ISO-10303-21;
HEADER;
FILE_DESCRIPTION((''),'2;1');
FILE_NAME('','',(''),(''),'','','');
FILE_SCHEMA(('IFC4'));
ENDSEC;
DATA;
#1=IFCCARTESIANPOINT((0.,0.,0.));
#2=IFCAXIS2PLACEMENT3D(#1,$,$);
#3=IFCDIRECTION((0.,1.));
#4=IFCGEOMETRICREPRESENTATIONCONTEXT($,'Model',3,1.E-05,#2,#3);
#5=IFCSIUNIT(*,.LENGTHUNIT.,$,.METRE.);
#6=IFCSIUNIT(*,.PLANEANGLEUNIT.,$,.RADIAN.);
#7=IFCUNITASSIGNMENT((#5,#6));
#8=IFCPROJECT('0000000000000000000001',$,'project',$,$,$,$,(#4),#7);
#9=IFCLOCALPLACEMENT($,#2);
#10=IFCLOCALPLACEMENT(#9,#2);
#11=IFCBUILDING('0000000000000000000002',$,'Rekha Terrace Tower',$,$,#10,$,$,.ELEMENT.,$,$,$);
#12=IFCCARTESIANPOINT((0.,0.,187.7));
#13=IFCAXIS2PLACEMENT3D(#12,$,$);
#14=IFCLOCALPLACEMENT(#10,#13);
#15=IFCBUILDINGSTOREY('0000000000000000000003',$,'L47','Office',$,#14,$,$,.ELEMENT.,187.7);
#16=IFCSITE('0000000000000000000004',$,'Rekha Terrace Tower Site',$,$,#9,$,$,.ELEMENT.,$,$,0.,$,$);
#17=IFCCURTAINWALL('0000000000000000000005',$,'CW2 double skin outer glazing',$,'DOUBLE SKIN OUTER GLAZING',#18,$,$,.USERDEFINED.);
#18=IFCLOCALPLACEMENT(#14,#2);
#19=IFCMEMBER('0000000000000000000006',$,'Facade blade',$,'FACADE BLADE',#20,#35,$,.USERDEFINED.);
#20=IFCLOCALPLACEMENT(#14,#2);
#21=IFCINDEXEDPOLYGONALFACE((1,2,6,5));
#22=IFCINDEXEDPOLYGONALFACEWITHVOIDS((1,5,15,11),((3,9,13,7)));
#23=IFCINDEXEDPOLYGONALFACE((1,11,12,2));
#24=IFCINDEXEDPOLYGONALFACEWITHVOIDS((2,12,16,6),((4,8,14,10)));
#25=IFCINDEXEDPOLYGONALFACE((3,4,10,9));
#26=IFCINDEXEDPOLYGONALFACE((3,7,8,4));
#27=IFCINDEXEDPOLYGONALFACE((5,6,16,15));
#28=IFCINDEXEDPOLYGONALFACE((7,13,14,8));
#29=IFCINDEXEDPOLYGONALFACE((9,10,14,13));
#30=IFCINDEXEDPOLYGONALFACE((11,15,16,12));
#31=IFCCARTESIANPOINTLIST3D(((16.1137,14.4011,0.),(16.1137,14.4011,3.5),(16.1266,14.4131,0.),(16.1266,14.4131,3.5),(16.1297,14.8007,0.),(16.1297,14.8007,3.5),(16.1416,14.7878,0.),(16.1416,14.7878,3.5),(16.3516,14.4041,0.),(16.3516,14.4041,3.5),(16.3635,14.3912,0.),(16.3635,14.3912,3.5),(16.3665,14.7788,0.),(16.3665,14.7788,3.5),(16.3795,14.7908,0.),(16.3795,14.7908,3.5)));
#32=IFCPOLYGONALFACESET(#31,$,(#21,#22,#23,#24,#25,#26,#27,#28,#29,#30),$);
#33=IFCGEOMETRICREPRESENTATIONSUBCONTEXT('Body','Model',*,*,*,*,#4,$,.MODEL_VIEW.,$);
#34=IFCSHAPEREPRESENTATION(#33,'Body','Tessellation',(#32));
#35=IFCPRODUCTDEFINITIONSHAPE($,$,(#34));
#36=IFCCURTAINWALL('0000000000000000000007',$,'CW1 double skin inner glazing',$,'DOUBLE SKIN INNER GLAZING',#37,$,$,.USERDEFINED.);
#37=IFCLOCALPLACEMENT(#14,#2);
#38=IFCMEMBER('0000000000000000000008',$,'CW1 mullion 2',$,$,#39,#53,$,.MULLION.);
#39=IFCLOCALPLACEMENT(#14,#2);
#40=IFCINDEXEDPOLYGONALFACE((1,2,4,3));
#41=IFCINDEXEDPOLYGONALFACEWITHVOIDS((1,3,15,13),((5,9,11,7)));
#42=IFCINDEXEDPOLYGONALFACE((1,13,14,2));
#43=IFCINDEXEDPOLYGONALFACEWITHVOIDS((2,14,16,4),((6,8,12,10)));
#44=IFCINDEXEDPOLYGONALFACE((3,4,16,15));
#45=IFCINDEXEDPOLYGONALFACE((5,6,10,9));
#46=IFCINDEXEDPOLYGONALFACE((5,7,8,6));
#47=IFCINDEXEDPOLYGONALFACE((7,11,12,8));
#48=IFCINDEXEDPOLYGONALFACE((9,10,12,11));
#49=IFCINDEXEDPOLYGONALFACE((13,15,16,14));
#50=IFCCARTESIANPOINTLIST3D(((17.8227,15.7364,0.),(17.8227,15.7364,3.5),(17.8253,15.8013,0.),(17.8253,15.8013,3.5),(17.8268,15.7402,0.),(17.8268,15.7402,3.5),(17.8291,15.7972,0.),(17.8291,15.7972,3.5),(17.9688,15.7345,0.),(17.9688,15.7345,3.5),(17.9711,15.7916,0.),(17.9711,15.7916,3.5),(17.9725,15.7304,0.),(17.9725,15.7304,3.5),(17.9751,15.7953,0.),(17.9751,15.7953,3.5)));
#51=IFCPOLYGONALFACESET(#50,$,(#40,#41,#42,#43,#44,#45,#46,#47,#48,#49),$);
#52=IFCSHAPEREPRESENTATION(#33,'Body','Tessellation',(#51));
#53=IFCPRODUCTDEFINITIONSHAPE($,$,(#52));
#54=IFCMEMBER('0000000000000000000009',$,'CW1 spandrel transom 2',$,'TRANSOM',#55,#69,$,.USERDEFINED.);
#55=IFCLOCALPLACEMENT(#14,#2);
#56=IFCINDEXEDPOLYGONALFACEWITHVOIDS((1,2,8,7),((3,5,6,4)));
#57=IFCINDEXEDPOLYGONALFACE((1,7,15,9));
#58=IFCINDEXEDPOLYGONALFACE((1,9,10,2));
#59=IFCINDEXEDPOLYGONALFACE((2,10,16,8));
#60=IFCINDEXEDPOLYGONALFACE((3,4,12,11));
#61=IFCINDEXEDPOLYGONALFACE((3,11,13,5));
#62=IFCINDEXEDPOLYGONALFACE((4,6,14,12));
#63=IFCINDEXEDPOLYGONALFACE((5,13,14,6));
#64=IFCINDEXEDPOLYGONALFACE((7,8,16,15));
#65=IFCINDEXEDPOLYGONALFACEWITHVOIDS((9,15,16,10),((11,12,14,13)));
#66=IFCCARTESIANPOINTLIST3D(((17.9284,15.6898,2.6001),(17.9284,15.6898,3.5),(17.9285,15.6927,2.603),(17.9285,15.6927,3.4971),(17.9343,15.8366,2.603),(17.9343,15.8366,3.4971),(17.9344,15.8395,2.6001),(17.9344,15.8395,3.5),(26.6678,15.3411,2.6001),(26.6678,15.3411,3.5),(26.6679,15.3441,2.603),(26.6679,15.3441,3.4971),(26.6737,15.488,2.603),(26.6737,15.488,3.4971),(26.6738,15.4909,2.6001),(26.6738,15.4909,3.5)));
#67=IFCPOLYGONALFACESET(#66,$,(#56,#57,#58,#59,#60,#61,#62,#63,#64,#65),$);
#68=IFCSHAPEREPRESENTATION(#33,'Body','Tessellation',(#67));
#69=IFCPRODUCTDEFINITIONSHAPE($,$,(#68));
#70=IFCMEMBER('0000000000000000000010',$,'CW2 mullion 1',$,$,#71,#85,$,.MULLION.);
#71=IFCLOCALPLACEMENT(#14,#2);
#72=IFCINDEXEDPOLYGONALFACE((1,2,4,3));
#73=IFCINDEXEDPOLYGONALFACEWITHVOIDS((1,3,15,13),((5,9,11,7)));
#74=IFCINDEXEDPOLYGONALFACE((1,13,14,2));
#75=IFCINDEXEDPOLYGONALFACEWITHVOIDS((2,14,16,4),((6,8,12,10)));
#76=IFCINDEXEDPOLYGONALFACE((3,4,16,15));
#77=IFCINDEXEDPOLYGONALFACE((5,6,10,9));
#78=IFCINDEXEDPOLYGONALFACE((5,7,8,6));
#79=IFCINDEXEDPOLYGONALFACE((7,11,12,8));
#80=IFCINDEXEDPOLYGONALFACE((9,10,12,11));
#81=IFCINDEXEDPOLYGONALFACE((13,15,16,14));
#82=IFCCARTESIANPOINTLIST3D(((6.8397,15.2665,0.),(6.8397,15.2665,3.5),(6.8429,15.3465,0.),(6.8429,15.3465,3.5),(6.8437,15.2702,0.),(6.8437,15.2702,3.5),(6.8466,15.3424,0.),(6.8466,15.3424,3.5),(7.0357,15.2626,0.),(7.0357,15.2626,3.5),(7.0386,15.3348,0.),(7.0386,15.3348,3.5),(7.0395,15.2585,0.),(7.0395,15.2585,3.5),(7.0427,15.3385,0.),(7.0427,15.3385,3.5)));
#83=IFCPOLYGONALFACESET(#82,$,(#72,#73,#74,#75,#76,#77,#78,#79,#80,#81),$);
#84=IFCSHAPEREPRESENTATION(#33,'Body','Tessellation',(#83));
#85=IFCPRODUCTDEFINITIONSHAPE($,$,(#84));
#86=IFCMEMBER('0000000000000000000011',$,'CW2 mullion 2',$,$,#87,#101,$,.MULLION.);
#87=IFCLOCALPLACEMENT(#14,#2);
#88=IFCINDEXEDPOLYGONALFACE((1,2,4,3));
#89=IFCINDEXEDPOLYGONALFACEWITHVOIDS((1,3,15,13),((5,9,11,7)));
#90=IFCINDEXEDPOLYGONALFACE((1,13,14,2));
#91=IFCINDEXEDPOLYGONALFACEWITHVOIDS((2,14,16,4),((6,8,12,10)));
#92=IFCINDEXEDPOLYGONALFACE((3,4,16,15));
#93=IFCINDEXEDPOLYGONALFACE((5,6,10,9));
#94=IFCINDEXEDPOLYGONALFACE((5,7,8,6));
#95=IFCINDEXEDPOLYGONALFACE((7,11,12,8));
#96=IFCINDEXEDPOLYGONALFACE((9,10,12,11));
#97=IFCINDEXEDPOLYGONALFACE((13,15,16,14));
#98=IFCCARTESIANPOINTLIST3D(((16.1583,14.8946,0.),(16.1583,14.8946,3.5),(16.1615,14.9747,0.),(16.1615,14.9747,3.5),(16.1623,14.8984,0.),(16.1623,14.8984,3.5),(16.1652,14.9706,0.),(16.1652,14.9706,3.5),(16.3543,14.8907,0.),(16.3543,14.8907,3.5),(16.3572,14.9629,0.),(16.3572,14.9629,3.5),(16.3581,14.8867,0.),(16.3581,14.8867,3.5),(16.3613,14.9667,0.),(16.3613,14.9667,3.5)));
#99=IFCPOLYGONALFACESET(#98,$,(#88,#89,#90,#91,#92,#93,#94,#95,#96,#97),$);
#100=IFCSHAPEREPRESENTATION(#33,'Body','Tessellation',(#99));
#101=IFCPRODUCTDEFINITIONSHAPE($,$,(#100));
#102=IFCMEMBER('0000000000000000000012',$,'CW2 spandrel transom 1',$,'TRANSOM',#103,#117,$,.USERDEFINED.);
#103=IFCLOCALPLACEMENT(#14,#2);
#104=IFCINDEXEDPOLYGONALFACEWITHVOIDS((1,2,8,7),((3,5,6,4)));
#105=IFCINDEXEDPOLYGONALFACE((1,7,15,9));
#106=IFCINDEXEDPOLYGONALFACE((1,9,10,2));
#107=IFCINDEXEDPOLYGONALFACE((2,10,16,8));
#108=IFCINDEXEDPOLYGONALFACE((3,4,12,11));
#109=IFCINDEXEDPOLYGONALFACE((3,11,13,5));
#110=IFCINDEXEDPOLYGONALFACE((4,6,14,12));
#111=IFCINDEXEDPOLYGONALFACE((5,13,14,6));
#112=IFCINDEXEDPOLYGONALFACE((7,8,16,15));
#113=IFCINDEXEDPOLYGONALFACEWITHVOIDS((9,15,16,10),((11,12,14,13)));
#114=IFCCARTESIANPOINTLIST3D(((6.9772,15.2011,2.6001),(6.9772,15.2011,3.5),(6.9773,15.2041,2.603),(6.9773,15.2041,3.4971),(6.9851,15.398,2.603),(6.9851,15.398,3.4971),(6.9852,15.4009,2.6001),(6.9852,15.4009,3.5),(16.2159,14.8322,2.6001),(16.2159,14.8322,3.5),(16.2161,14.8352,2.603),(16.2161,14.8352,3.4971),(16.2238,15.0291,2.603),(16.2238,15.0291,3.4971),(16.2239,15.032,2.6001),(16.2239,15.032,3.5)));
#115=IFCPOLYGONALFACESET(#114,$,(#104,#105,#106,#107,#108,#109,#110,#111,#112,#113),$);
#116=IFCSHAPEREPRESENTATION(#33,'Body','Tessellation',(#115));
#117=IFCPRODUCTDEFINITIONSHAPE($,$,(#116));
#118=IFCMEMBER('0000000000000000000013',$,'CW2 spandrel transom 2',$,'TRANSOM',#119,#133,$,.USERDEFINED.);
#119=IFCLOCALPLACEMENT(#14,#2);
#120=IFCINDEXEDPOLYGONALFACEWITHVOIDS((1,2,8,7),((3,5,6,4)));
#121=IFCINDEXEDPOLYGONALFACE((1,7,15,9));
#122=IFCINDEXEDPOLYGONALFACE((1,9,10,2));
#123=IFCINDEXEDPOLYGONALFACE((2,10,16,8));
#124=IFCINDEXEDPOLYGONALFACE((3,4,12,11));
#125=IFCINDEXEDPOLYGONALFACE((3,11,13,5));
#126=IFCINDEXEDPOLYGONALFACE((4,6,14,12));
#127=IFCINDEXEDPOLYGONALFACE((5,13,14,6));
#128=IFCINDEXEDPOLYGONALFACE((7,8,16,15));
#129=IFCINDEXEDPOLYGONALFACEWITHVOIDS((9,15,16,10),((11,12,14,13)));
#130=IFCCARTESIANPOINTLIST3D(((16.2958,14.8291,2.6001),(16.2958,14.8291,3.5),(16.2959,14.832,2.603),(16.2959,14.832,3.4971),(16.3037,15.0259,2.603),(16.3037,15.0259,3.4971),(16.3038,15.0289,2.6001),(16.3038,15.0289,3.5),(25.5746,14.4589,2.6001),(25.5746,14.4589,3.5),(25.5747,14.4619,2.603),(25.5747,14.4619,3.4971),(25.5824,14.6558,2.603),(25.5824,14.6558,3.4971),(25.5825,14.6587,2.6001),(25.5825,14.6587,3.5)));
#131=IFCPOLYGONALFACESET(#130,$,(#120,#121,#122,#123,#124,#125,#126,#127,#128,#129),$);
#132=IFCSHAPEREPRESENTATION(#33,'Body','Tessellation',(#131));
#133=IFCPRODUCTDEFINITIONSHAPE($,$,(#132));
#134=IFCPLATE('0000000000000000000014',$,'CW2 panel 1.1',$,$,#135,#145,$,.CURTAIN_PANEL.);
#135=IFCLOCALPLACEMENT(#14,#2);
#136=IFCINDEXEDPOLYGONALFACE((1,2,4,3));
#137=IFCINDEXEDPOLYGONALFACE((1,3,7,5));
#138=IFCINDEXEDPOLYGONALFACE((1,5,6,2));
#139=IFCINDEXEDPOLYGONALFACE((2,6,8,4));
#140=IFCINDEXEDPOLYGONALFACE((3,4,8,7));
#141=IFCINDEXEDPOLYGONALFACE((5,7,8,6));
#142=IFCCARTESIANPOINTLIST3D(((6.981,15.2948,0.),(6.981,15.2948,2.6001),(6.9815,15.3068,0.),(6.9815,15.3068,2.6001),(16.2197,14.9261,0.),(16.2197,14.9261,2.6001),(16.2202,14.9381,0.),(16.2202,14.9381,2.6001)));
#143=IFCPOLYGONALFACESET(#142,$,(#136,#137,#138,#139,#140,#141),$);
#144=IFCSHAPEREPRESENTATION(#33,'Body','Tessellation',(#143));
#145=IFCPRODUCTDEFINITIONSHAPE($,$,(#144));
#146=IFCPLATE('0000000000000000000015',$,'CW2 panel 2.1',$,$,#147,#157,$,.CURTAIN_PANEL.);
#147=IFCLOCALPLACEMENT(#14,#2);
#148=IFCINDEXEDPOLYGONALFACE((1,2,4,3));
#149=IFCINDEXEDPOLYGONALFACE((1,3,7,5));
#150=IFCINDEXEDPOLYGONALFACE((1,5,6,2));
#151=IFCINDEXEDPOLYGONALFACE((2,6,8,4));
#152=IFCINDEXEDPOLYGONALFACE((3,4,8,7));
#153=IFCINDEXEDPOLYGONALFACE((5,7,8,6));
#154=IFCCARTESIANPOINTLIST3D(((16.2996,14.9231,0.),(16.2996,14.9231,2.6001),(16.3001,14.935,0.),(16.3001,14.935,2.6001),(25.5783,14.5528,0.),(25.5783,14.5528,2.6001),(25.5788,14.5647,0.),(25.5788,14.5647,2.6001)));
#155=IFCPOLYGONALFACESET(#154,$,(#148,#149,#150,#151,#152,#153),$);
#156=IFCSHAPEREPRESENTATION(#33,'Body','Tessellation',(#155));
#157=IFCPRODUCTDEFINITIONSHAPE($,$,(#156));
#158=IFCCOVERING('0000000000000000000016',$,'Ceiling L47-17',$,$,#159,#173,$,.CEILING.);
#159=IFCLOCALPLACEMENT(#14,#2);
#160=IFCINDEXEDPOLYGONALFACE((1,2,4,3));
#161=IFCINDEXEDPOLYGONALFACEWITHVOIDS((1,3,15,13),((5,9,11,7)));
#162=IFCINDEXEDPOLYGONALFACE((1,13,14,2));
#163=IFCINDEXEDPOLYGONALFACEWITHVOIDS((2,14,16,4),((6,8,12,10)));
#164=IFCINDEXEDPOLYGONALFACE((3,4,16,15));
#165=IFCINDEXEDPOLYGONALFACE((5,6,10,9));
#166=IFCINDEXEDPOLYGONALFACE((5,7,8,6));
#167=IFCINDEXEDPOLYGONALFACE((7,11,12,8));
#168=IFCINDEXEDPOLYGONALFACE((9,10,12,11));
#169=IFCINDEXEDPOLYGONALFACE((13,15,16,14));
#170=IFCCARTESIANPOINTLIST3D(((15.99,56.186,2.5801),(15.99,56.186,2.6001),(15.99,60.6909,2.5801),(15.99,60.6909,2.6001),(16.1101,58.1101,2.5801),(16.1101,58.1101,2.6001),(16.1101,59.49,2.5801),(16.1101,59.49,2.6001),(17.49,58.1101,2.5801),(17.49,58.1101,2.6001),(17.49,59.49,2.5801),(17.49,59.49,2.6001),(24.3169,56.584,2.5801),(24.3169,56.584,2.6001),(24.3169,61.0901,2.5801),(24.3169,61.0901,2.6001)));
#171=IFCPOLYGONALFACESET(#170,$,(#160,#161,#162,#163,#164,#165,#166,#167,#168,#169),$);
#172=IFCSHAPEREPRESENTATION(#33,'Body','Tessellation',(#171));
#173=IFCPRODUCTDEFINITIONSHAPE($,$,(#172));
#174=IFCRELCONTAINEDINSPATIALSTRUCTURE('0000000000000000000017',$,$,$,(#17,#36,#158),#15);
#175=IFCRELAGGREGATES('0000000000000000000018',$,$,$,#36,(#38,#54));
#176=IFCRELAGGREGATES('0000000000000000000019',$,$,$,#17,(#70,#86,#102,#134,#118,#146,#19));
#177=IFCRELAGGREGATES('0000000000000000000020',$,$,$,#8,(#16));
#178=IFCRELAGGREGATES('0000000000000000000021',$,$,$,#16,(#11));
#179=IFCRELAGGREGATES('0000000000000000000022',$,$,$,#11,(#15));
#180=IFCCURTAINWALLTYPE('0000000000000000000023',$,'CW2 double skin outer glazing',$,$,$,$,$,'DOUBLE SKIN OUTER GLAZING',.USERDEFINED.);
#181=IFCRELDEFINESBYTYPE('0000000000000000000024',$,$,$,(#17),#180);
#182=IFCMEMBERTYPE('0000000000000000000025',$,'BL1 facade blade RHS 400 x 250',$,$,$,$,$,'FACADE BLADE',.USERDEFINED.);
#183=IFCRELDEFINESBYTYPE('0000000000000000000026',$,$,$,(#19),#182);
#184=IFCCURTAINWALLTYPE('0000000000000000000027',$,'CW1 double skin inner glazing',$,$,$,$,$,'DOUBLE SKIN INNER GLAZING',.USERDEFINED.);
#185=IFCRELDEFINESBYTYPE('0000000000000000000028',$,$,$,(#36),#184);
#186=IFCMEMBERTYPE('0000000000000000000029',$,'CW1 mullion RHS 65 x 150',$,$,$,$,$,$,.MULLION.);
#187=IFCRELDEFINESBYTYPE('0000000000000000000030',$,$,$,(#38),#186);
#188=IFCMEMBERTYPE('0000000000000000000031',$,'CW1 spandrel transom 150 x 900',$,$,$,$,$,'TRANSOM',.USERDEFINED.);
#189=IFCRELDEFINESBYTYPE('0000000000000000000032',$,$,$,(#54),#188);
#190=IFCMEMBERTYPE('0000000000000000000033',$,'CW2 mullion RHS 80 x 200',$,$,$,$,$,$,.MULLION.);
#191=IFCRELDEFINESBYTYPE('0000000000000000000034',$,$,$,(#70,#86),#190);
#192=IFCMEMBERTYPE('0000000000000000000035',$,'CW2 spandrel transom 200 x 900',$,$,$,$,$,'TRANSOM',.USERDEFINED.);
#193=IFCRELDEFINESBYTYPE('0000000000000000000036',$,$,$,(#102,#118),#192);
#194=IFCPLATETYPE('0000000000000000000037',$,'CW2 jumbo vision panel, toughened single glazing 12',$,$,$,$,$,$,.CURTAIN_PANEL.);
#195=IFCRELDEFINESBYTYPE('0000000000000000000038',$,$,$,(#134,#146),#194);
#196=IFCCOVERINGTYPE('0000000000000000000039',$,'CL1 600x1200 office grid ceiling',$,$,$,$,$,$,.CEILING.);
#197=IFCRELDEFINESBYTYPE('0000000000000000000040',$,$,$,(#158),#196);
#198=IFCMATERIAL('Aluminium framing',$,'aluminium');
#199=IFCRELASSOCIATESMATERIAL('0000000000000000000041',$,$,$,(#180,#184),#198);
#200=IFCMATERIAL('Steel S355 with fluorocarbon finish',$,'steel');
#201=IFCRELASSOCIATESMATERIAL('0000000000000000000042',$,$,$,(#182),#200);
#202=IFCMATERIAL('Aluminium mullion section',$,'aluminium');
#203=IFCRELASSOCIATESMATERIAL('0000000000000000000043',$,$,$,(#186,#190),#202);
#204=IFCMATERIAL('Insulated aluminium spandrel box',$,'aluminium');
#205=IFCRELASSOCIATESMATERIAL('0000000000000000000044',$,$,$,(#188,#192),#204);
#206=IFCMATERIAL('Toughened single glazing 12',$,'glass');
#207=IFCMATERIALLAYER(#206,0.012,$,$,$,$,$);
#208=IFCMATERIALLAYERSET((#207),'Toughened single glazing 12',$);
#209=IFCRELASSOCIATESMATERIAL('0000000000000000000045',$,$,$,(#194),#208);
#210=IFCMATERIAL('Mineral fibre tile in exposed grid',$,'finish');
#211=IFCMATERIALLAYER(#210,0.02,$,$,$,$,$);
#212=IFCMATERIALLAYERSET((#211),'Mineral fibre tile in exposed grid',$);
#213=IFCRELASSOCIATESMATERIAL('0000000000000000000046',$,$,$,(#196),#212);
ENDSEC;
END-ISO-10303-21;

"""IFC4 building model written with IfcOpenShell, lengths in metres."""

from ifc_helpers import new_model, si_unit, direction, frame, origin, origin_2d, place, context, subcontext, project, spatial, polyline, rectangle, hollow_rectangle, outline, extrude, material, layer, layer_set, material_profile, profile_set, type_object, element, aggregate, save


model = new_model("IFC4")

# Units and contexts
model_context = context("Model", 3, precision=1e-05, world=origin(), true_north=direction((0.0, 1.0)))
body_context = subcontext(model_context, "Body", "Model", "MODEL_VIEW")
ifc_project = project(units=[si_unit("LENGTHUNIT", "METRE"), si_unit("PLANEANGLEUNIT", "RADIAN")], contexts=[model_context])

# Site, building, storey
site_placement = place(None, origin())
site = spatial("IfcSite", under=ifc_project, at=site_placement, Name="Rekha Terrace Tower Site", CompositionType="ELEMENT", RefElevation=0.0)
building_placement = place(site_placement, origin())
building = spatial("IfcBuilding", under=site, at=building_placement, Name="Rekha Terrace Tower", CompositionType="ELEMENT")
storey_placement = place(building_placement, frame((0.0, 0.0, 187.7)))
storey = spatial("IfcBuildingStorey", under=building, at=storey_placement, Name="L47", Description="Office", CompositionType="ELEMENT", Elevation=187.7)

# Curtain wall, member
ifc_material_1 = material(Name="Aluminium framing", Category="aluminium")
curtain_wall_type_1 = type_object("IfcCurtainWallType", Name="CW2 double skin outer glazing", ElementType="DOUBLE SKIN OUTER GLAZING", PredefinedType="USERDEFINED", material=ifc_material_1)
curtain_wall_1_placement = place(storey_placement, origin())
curtain_wall_1 = element("IfcCurtainWall", 1, at=curtain_wall_1_placement, inside=storey, type_object=curtain_wall_type_1, Name="CW2 double skin outer glazing", ObjectType="DOUBLE SKIN OUTER GLAZING", PredefinedType="USERDEFINED")
ifc_material_2 = material(Name="Steel S355 with fluorocarbon finish", Category="steel")
ifc_material_profile_1 = material_profile(ifc_material_2, hollow_rectangle(XDim=0.25, YDim=0.3999, WallThickness=0.0125, at=origin_2d()), Name="RHS400x250x12.5")
ifc_profile_set_1 = profile_set([ifc_material_profile_1], Name="Steel S355 with fluorocarbon finish")
member_type_1 = type_object("IfcMemberType", Name="BL1 facade blade RHS 400 x 250", ElementType="FACADE BLADE", PredefinedType="USERDEFINED", material=ifc_profile_set_1)
member_1_placement = place(storey_placement, frame((16.2466, 14.5959, 0.0), z_axis=(0.0, 0.0, 1.0), x_axis=(0.999205, -0.039872, 0.0)))
member_1 = element("IfcMember", 2, at=member_1_placement, type_object=member_type_1, Name="Facade blade", ObjectType="FACADE BLADE", PredefinedType="USERDEFINED", context=body_context, shape_type="SweptSolid", body=[
    extrude(hollow_rectangle(XDim=0.25, YDim=0.3999, WallThickness=0.0125, at=origin_2d()), origin(), (0.0, 0.0, 1.0), 3.5),
])

# Curtain wall, members
curtain_wall_type_2 = type_object("IfcCurtainWallType", Name="CW1 double skin inner glazing", ElementType="DOUBLE SKIN INNER GLAZING", PredefinedType="USERDEFINED", material=ifc_material_1)
curtain_wall_2_placement = place(storey_placement, origin())
curtain_wall_2 = element("IfcCurtainWall", 3, at=curtain_wall_2_placement, inside=storey, type_object=curtain_wall_type_2, Name="CW1 double skin inner glazing", ObjectType="DOUBLE SKIN INNER GLAZING", PredefinedType="USERDEFINED")
ifc_material_3 = material(Name="Aluminium mullion section", Category="aluminium")
ifc_material_profile_2 = material_profile(ifc_material_3, hollow_rectangle(XDim=0.0649, YDim=0.1499, WallThickness=0.0039, at=origin_2d()), Name="AL RHS 65x150")
ifc_profile_set_2 = profile_set([ifc_material_profile_2], Name="Aluminium mullion section")
member_type_2 = type_object("IfcMemberType", Name="CW1 mullion RHS 65 x 150", PredefinedType="MULLION", material=ifc_profile_set_2)
member_2_placement = place(storey_placement, frame((17.8989, 15.7659, 0.0), z_axis=(0.0, 0.0, 1.0), x_axis=(0.039872, 0.999205, 0.0)))
member_2 = element("IfcMember", 4, at=member_2_placement, type_object=member_type_2, Name="CW1 mullion 2", PredefinedType="MULLION", context=body_context, shape_type="SweptSolid", body=[
    extrude(hollow_rectangle(XDim=0.0649, YDim=0.1499, WallThickness=0.0039, at=origin_2d()), origin(), (0.0, 0.0, 1.0), 3.5),
])
ifc_material_4 = material(Name="Insulated aluminium spandrel box", Category="aluminium")
ifc_material_profile_3 = material_profile(ifc_material_4, hollow_rectangle(XDim=0.1499, YDim=0.8999, WallThickness=0.0029, at=origin_2d()), Name="AL SPANDREL BOX 150x900")
ifc_profile_set_3 = profile_set([ifc_material_profile_3], Name="Insulated aluminium spandrel box")
member_type_3 = type_object("IfcMemberType", Name="CW1 spandrel transom 150 x 900", ElementType="TRANSOM", PredefinedType="USERDEFINED", material=ifc_profile_set_3)
member_3_placement = place(storey_placement, frame((17.9314, 15.7646, 3.05), z_axis=(0.999205, -0.03986, 0.0), x_axis=(0.03986, 0.999205, 0.0)))
member_3 = element("IfcMember", 5, at=member_3_placement, type_object=member_type_3, Name="CW1 spandrel transom 2", ObjectType="TRANSOM", PredefinedType="USERDEFINED", context=body_context, shape_type="SweptSolid", body=[
    extrude(hollow_rectangle(XDim=0.1499, YDim=0.8999, WallThickness=0.0029, at=origin_2d()), origin(), (0.0, 0.0, 1.0), 8.7463),
])
aggregate(curtain_wall_2, [member_2, member_3])

# Members
ifc_material_profile_4 = material_profile(ifc_material_3, hollow_rectangle(XDim=0.0801, YDim=0.2, WallThickness=0.0039, at=origin_2d()), Name="AL RHS 80x200")
ifc_profile_set_4 = profile_set([ifc_material_profile_4], Name="Aluminium mullion section")
member_type_4 = type_object("IfcMemberType", Name="CW2 mullion RHS 80 x 200", PredefinedType="MULLION", material=ifc_profile_set_4)
member_4_placement = place(storey_placement, frame((6.9412, 15.3025, 0.0), z_axis=(0.0, 0.0, 1.0), x_axis=(0.039872, 0.999205, 0.0)))
member_4 = element("IfcMember", 6, at=member_4_placement, type_object=member_type_4, Name="CW2 mullion 1", PredefinedType="MULLION", context=body_context, shape_type="SweptSolid", body=[
    extrude(hollow_rectangle(XDim=0.0801, YDim=0.2, WallThickness=0.0039, at=origin_2d()), origin(), (0.0, 0.0, 1.0), 3.5),
])
member_5_placement = place(storey_placement, frame((16.2598, 14.9307, 0.0), z_axis=(0.0, 0.0, 1.0), x_axis=(0.039872, 0.999205, 0.0)))
member_5 = element("IfcMember", 7, at=member_5_placement, type_object=member_type_4, Name="CW2 mullion 2", PredefinedType="MULLION", context=body_context, shape_type="SweptSolid", body=[
    extrude(hollow_rectangle(XDim=0.0801, YDim=0.2, WallThickness=0.0039, at=origin_2d()), origin(), (0.0, 0.0, 1.0), 3.5),
])
ifc_material_profile_5 = material_profile(ifc_material_4, hollow_rectangle(XDim=0.2, YDim=0.8999, WallThickness=0.0029, at=origin_2d()), Name="AL SPANDREL BOX 200x900")
ifc_profile_set_5 = profile_set([ifc_material_profile_5], Name="Insulated aluminium spandrel box")
member_type_5 = type_object("IfcMemberType", Name="CW2 spandrel transom 200 x 900", ElementType="TRANSOM", PredefinedType="USERDEFINED", material=ifc_profile_set_5)
member_6_placement = place(storey_placement, frame((6.9812, 15.301, 3.05), z_axis=(0.999204, -0.039897, 0.0), x_axis=(0.039897, 0.999204, 0.0)))
member_6 = element("IfcMember", 8, at=member_6_placement, type_object=member_type_5, Name="CW2 spandrel transom 1", ObjectType="TRANSOM", PredefinedType="USERDEFINED", context=body_context, shape_type="SweptSolid", body=[
    extrude(hollow_rectangle(XDim=0.2, YDim=0.8999, WallThickness=0.0029, at=origin_2d()), origin(), (0.0, 0.0, 1.0), 9.2461),
])
member_7_placement = place(storey_placement, frame((16.2998, 14.929, 3.05), z_axis=(0.999205, -0.039857, 0.0), x_axis=(0.039857, 0.999205, 0.0)))
member_7 = element("IfcMember", 9, at=member_7_placement, type_object=member_type_5, Name="CW2 spandrel transom 2", ObjectType="TRANSOM", PredefinedType="USERDEFINED", context=body_context, shape_type="SweptSolid", body=[
    extrude(hollow_rectangle(XDim=0.2, YDim=0.8999, WallThickness=0.0029, at=origin_2d()), origin(), (0.0, 0.0, 1.0), 9.2861),
])

# Plates
ifc_material_5 = material(Name="Toughened single glazing 12", Category="glass")
ifc_layer_1 = layer(ifc_material_5, 0.012)
ifc_layer_set_1 = layer_set([ifc_layer_1], Name="Toughened single glazing 12")
plate_type = type_object("IfcPlateType", Name="CW2 jumbo vision panel, toughened single glazing 12", PredefinedType="CURTAIN_PANEL", material=ifc_layer_set_1)
plate_1_placement = place(storey_placement, frame((11.6006, 15.1165, 0.0), z_axis=(0.0, 0.0, 1.0), x_axis=(0.999205, -0.039872, 0.0)))
plate_1 = element("IfcPlate", 10, at=plate_1_placement, type_object=plate_type, Name="CW2 panel 1.1", PredefinedType="CURTAIN_PANEL", context=body_context, shape_type="SweptSolid", body=[
    extrude(rectangle(XDim=9.2461, YDim=0.012, at=origin_2d()), origin(), (0.0, 0.0, 1.0), 2.6001),
])
plate_2_placement = place(storey_placement, frame((20.9392, 14.7439, 0.0), z_axis=(0.0, 0.0, 1.0), x_axis=(0.999205, -0.039872, 0.0)))
plate_2 = element("IfcPlate", 11, at=plate_2_placement, type_object=plate_type, Name="CW2 panel 2.1", PredefinedType="CURTAIN_PANEL", context=body_context, shape_type="SweptSolid", body=[
    extrude(rectangle(XDim=9.2861, YDim=0.012, at=origin_2d()), origin(), (0.0, 0.0, 1.0), 2.6001),
])
aggregate(curtain_wall_1, [member_4, member_5, member_6, plate_1, member_7, plate_2, member_1])

# Covering
ifc_material_6 = material(Name="Mineral fibre tile in exposed grid", Category="finish")
ifc_layer_2 = layer(ifc_material_6, 0.02)
ifc_layer_set_2 = layer_set([ifc_layer_2], Name="Mineral fibre tile in exposed grid")
covering_type_1 = type_object("IfcCoveringType", Name="CL1 600x1200 office grid ceiling", PredefinedType="CEILING", material=ifc_layer_set_2)
covering_1_placement = place(storey_placement, frame((0.0, 0.0, 2.5801)))
element("IfcCovering", 12, at=covering_1_placement, inside=storey, type_object=covering_type_1, Name="Ceiling L47-17", PredefinedType="CEILING", context=body_context, shape_type="SweptSolid", body=[
    extrude(outline(polyline([(24.3169, 56.584), (24.3169, 61.0901), (15.99, 60.6909), (15.99, 56.186), (24.3169, 56.584)]), holes=[polyline([(17.49, 59.49), (17.49, 58.1101), (16.1101, 58.1101), (16.1101, 59.49), (17.49, 59.49)])]), origin(), (0.0, 0.0, 1.0), 0.02),
])

save(model, "model.ifc")
